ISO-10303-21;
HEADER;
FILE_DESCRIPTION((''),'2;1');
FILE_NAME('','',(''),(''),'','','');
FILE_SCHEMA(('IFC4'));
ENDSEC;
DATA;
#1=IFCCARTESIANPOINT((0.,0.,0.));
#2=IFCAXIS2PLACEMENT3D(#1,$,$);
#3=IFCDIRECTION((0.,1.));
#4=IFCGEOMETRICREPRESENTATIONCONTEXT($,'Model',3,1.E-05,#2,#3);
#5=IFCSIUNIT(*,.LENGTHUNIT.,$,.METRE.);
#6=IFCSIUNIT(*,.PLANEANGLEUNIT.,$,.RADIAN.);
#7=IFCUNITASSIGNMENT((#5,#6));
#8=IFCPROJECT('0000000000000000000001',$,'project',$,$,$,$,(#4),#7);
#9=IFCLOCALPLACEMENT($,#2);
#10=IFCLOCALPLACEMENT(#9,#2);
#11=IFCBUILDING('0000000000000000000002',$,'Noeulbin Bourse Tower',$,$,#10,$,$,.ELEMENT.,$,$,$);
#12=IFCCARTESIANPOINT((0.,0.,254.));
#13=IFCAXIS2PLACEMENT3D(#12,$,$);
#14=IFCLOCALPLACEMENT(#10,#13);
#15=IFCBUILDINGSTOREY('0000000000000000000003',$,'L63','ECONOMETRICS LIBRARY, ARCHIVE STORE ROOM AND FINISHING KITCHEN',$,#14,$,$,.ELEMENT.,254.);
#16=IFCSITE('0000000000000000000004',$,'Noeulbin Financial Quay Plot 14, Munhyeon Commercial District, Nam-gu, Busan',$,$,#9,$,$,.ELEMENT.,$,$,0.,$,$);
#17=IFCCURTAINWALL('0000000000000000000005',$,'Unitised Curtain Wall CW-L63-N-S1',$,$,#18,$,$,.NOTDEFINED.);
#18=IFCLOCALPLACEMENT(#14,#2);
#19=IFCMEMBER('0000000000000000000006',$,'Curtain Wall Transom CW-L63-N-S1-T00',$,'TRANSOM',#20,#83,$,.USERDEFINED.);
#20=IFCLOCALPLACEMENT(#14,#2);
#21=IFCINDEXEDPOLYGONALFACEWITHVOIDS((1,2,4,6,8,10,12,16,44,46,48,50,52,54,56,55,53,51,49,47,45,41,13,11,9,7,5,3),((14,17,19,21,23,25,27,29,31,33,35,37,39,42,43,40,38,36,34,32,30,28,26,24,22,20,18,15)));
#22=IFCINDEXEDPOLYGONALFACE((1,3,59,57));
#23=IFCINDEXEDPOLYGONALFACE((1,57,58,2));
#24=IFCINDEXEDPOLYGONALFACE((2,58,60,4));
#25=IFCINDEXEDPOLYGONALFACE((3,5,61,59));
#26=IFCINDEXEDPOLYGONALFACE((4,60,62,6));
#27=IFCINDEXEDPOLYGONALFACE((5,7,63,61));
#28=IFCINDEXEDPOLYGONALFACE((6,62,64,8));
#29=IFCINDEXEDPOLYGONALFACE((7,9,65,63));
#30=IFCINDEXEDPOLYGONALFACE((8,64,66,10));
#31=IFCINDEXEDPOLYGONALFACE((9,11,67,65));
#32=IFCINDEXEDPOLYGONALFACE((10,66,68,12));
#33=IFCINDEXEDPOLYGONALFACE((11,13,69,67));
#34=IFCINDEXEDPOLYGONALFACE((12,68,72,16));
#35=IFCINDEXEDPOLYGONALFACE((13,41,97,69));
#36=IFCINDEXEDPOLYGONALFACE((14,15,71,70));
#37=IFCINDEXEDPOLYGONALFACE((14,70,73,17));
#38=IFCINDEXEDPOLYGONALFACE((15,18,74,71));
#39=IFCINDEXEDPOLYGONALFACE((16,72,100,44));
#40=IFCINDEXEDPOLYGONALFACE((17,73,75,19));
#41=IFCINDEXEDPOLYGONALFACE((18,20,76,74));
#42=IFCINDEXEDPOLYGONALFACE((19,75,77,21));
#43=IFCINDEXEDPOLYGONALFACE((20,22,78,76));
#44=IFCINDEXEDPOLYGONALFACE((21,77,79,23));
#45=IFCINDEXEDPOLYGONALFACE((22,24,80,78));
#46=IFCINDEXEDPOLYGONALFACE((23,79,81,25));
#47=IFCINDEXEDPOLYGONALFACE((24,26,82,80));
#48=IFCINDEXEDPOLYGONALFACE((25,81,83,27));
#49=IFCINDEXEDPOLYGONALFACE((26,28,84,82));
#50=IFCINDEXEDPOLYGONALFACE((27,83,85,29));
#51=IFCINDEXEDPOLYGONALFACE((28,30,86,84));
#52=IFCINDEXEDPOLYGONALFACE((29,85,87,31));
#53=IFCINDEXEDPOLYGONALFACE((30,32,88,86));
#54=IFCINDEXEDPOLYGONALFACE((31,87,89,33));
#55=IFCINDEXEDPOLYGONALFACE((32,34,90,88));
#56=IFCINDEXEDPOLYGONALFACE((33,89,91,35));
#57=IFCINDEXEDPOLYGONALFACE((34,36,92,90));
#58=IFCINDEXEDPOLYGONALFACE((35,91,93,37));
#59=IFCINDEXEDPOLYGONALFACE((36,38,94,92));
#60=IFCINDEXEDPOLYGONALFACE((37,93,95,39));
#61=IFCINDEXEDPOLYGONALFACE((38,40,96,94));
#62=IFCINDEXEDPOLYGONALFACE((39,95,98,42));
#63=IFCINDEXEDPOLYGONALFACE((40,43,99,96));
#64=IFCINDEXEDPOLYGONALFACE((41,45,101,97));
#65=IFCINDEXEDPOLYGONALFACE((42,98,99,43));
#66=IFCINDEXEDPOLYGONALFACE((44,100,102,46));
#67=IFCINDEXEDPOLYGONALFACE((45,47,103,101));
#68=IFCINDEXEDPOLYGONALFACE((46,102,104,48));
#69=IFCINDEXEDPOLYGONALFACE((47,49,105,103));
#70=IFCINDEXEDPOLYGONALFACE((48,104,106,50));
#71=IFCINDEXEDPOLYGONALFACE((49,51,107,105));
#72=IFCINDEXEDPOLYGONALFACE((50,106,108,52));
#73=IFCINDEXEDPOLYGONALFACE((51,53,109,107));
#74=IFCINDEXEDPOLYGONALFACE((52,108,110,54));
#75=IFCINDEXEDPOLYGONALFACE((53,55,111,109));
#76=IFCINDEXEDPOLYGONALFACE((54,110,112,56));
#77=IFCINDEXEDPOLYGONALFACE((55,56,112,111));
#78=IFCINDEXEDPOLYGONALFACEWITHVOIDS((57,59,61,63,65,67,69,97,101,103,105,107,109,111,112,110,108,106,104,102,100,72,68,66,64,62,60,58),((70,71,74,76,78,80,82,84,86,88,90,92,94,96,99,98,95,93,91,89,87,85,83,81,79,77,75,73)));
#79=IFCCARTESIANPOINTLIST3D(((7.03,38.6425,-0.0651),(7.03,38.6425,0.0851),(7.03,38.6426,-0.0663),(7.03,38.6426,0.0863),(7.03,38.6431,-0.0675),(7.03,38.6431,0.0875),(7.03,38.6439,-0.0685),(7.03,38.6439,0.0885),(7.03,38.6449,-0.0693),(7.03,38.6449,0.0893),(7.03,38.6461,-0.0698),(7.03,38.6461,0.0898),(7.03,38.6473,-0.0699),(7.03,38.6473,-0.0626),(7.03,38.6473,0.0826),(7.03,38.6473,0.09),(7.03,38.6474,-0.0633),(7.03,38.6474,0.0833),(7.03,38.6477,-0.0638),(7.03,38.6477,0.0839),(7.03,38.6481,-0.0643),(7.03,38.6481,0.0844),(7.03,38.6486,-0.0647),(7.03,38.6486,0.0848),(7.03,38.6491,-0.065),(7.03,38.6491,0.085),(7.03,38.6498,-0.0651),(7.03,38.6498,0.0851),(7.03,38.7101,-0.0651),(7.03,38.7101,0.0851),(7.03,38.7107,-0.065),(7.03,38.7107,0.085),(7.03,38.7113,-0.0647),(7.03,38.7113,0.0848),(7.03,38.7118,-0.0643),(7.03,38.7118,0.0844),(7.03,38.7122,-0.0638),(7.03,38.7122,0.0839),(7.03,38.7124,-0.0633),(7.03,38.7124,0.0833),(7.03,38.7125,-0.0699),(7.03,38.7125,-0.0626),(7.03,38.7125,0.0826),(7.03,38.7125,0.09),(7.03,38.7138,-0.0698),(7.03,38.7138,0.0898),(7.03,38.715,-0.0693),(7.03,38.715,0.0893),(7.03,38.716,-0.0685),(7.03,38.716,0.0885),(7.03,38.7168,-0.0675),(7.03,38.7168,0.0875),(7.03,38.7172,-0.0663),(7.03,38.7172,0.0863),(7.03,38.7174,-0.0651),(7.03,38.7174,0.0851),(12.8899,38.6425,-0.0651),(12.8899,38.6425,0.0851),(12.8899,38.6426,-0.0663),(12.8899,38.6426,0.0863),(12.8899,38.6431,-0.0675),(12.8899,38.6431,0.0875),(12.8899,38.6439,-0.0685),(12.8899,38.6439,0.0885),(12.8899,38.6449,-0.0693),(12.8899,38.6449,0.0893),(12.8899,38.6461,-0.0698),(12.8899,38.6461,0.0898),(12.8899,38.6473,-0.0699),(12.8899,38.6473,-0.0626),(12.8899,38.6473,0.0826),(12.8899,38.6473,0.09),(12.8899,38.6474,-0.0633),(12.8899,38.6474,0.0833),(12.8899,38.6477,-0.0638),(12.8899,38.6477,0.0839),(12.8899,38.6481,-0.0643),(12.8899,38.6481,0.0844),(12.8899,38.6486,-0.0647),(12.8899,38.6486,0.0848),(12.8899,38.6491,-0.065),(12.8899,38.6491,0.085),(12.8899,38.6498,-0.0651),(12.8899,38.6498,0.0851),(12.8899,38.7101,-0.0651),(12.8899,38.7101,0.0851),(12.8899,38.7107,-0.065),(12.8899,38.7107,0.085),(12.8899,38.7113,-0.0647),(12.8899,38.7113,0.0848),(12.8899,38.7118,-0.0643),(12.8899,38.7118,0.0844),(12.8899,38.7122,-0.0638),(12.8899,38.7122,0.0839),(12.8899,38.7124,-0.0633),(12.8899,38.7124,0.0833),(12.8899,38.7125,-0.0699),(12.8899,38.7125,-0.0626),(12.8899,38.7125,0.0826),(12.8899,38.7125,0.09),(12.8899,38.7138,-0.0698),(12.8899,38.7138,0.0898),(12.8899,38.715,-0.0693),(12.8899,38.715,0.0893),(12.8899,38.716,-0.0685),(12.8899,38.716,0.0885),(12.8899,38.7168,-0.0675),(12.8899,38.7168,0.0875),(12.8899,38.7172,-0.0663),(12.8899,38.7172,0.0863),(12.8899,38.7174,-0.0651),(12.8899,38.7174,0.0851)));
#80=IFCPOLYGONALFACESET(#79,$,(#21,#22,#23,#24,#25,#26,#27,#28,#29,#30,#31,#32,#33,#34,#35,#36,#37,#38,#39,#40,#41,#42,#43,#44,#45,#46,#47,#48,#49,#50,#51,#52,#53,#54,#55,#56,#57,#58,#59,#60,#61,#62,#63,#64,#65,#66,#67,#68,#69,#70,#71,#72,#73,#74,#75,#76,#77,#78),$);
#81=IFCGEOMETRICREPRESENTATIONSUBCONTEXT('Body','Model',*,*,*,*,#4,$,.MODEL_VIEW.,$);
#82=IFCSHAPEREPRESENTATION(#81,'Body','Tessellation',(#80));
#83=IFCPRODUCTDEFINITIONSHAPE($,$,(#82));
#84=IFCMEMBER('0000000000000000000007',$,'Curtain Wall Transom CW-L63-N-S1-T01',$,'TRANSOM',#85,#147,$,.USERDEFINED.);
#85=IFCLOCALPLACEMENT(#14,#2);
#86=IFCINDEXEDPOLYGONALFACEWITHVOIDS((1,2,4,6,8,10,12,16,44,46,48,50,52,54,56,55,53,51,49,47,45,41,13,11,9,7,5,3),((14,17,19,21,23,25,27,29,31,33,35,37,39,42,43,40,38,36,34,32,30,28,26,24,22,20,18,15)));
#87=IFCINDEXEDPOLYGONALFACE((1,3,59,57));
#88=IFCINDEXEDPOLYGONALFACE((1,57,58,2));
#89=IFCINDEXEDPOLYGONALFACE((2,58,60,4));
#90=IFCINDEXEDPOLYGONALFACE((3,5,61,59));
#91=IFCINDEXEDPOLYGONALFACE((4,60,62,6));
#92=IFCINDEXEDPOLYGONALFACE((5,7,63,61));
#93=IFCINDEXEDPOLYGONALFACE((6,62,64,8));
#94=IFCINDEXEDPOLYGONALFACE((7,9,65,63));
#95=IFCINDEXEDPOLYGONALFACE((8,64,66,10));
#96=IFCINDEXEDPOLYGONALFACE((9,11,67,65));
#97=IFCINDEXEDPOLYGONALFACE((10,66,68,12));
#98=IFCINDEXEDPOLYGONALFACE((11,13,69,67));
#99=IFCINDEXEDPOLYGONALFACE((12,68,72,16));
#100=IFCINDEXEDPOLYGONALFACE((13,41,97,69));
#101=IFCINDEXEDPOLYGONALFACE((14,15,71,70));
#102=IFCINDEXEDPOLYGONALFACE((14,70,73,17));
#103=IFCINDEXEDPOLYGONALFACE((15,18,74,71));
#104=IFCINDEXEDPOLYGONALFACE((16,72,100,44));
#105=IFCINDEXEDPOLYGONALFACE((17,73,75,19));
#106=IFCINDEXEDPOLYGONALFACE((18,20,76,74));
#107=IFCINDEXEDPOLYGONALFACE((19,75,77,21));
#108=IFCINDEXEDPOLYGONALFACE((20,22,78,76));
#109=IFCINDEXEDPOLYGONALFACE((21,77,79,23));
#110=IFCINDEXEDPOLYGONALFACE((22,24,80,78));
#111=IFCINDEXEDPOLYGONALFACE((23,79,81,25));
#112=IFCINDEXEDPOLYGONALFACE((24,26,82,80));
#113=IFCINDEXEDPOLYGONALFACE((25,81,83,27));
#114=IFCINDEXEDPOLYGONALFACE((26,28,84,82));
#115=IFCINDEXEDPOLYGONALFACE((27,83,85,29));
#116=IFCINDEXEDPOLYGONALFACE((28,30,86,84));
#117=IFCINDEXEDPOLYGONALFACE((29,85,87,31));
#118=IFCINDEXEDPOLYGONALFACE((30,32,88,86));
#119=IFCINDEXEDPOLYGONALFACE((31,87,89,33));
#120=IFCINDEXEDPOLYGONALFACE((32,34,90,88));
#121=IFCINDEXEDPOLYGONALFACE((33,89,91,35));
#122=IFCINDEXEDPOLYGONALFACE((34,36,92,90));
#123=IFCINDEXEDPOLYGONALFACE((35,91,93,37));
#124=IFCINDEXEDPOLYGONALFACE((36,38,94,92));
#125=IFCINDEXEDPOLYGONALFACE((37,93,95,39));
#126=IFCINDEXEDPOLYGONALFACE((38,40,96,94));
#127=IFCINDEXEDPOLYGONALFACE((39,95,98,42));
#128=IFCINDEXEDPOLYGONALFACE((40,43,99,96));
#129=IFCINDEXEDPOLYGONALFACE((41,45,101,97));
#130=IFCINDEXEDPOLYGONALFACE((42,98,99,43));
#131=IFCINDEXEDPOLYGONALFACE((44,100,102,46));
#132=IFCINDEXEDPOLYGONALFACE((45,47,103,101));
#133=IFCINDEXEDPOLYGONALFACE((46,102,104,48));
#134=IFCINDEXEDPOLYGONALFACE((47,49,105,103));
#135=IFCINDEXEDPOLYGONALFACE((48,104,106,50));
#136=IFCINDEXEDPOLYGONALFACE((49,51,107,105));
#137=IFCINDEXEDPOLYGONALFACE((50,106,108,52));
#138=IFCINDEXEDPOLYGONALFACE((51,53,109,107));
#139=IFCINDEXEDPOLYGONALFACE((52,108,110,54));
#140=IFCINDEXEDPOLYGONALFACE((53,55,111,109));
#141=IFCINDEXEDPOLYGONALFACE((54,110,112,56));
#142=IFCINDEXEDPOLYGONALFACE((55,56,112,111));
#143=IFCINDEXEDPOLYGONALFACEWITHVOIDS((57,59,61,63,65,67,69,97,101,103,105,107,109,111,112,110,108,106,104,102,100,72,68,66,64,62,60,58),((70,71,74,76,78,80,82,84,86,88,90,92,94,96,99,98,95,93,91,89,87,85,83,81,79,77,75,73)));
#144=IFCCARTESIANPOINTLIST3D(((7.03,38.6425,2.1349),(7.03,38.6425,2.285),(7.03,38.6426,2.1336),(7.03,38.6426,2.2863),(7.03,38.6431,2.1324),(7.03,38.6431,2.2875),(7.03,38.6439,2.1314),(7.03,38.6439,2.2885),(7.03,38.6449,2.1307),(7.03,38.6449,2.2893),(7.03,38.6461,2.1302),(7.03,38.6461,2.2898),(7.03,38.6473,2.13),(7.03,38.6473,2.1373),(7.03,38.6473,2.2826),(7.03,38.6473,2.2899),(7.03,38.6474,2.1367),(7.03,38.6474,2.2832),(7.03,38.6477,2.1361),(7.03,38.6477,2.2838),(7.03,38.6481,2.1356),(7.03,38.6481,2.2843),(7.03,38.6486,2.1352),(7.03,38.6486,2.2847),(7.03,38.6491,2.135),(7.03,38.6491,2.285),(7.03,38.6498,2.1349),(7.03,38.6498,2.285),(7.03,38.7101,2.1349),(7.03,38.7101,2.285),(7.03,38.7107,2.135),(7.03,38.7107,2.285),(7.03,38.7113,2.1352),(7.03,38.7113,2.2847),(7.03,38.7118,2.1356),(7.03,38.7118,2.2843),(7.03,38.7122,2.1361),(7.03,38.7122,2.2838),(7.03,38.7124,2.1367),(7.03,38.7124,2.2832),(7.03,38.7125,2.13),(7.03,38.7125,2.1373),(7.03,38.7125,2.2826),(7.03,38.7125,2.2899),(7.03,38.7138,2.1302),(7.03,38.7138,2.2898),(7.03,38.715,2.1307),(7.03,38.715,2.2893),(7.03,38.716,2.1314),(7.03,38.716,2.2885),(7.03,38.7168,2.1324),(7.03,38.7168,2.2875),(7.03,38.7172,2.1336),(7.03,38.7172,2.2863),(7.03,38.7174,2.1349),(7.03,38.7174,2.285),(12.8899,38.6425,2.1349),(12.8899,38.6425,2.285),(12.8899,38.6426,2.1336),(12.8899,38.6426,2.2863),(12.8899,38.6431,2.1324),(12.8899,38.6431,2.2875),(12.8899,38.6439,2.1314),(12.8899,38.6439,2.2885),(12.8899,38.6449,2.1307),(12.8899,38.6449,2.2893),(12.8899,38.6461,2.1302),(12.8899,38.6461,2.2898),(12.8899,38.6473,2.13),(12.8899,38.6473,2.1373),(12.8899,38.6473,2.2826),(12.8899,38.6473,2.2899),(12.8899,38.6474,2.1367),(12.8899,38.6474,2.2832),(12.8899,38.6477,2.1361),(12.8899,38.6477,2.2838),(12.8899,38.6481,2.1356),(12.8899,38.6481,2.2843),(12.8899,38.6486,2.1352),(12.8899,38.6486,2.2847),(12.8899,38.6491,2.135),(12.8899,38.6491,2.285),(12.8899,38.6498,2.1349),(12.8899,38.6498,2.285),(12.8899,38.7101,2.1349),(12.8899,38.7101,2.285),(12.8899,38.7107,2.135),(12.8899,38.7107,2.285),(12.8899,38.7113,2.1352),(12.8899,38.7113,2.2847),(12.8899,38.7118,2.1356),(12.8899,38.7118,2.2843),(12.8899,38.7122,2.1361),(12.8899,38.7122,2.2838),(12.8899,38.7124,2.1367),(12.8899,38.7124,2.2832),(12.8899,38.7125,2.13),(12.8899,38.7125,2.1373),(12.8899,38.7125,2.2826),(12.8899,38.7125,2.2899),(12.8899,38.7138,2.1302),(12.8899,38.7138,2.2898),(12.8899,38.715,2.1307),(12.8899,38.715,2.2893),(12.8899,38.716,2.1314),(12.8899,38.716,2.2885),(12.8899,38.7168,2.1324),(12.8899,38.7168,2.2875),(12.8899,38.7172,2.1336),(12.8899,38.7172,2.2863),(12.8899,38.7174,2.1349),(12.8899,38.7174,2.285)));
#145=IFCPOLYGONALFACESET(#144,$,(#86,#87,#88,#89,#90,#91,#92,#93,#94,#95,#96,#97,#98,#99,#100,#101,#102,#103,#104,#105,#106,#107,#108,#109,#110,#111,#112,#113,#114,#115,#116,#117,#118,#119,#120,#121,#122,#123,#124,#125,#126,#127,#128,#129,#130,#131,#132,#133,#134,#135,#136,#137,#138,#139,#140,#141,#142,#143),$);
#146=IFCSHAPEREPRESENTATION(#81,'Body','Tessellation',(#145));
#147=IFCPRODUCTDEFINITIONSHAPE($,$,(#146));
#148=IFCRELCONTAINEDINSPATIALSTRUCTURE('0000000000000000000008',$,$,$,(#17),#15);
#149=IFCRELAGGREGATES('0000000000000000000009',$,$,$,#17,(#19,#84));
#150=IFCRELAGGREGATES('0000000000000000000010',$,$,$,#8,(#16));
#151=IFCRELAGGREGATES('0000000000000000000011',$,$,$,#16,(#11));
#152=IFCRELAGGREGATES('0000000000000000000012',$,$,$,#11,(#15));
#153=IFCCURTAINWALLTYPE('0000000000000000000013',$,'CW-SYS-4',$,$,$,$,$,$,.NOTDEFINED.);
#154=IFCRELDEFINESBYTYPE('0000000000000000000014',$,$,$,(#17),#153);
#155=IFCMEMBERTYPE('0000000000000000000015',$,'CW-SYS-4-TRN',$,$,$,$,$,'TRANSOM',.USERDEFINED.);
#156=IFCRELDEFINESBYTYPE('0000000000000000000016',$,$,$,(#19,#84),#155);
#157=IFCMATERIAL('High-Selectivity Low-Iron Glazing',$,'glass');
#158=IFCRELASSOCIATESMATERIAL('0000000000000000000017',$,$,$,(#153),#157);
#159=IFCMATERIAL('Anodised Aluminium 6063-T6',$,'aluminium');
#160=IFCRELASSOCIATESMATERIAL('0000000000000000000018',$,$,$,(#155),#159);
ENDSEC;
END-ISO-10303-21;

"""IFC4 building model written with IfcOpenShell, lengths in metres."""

from ifc_helpers import new_model, si_unit, direction, frame, origin, origin_2d, place, context, subcontext, project, spatial, hollow_rectangle, extrude, material, material_profile, profile_set, type_object, element, aggregate, save


model = new_model("IFC4")

# Units and contexts
model_context = context("Model", 3, precision=1e-05, world=origin(), true_north=direction((0.0, 1.0)))
body_context = subcontext(model_context, "Body", "Model", "MODEL_VIEW")
ifc_project = project(units=[si_unit("LENGTHUNIT", "METRE"), si_unit("PLANEANGLEUNIT", "RADIAN")], contexts=[model_context])

# Site, building, storey
site_placement = place(None, origin())
site = spatial("IfcSite", under=ifc_project, at=site_placement, Name="Noeulbin Financial Quay Plot 14, Munhyeon Commercial District, Nam-gu, Busan", CompositionType="ELEMENT", RefElevation=0.0)
building_placement = place(site_placement, origin())
building = spatial("IfcBuilding", under=site, at=building_placement, Name="Noeulbin Bourse Tower", CompositionType="ELEMENT")
storey_placement = place(building_placement, frame((0.0, 0.0, 254.0)))
storey = spatial("IfcBuildingStorey", under=building, at=storey_placement, Name="L63", Description="ECONOMETRICS LIBRARY, ARCHIVE STORE ROOM AND FINISHING KITCHEN", CompositionType="ELEMENT", Elevation=254.0)

# Curtain wall
ifc_material_1 = material(Name="High-Selectivity Low-Iron Glazing", Category="glass")
curtain_wall_type = type_object("IfcCurtainWallType", Name="CW-SYS-4", PredefinedType="NOTDEFINED", material=ifc_material_1)
curtain_wall_1_placement = place(storey_placement, origin())
curtain_wall_1 = element("IfcCurtainWall", 1, at=curtain_wall_1_placement, inside=storey, type_object=curtain_wall_type, Name="Unitised Curtain Wall CW-L63-N-S1", PredefinedType="NOTDEFINED")
ifc_material_2 = material(Name="Anodised Aluminium 6063-T6", Category="aluminium")

# Members
ifc_material_profile_1 = material_profile(ifc_material_2, hollow_rectangle(XDim=0.075, YDim=0.1599, WallThickness=0.0049, InnerFilletRadius=0.0024, OuterFilletRadius=0.0049, at=origin_2d()), Name="ALU-TRAN-75x160x5", Category="LoadBearing")
ifc_profile_set_1 = profile_set([ifc_material_profile_1], Name="Anodised Aluminium 6063-T6")
member_type_1 = type_object("IfcMemberType", Name="CW-SYS-4-TRN", ElementType="TRANSOM", PredefinedType="USERDEFINED", material=ifc_profile_set_1)
member_1_placement = place(storey_placement, frame((7.03, 38.6799, 0.01), z_axis=(1.0, 0.0, 0.0), x_axis=(0.0, 1.0, 0.0)))
member_1 = element("IfcMember", 2, at=member_1_placement, type_object=member_type_1, Name="Curtain Wall Transom CW-L63-N-S1-T00", ObjectType="TRANSOM", PredefinedType="USERDEFINED", context=body_context, shape_type="SweptSolid", body=[
    extrude(hollow_rectangle(XDim=0.075, YDim=0.1599, WallThickness=0.0049, InnerFilletRadius=0.0024, OuterFilletRadius=0.0049, at=origin_2d()), origin(), (0.0, 0.0, 1.0), 5.8599),
])
member_2_placement = place(storey_placement, frame((7.03, 38.6799, 2.21), z_axis=(1.0, 0.0, 0.0), x_axis=(0.0, 1.0, 0.0)))
member_2 = element("IfcMember", 3, at=member_2_placement, type_object=member_type_1, Name="Curtain Wall Transom CW-L63-N-S1-T01", ObjectType="TRANSOM", PredefinedType="USERDEFINED", context=body_context, shape_type="SweptSolid", body=[
    extrude(hollow_rectangle(XDim=0.075, YDim=0.1599, WallThickness=0.0049, InnerFilletRadius=0.0024, OuterFilletRadius=0.0049, at=origin_2d()), origin(), (0.0, 0.0, 1.0), 5.8599),
])

aggregate(curtain_wall_1, [member_1, member_2])

save(model, "model.ifc")
